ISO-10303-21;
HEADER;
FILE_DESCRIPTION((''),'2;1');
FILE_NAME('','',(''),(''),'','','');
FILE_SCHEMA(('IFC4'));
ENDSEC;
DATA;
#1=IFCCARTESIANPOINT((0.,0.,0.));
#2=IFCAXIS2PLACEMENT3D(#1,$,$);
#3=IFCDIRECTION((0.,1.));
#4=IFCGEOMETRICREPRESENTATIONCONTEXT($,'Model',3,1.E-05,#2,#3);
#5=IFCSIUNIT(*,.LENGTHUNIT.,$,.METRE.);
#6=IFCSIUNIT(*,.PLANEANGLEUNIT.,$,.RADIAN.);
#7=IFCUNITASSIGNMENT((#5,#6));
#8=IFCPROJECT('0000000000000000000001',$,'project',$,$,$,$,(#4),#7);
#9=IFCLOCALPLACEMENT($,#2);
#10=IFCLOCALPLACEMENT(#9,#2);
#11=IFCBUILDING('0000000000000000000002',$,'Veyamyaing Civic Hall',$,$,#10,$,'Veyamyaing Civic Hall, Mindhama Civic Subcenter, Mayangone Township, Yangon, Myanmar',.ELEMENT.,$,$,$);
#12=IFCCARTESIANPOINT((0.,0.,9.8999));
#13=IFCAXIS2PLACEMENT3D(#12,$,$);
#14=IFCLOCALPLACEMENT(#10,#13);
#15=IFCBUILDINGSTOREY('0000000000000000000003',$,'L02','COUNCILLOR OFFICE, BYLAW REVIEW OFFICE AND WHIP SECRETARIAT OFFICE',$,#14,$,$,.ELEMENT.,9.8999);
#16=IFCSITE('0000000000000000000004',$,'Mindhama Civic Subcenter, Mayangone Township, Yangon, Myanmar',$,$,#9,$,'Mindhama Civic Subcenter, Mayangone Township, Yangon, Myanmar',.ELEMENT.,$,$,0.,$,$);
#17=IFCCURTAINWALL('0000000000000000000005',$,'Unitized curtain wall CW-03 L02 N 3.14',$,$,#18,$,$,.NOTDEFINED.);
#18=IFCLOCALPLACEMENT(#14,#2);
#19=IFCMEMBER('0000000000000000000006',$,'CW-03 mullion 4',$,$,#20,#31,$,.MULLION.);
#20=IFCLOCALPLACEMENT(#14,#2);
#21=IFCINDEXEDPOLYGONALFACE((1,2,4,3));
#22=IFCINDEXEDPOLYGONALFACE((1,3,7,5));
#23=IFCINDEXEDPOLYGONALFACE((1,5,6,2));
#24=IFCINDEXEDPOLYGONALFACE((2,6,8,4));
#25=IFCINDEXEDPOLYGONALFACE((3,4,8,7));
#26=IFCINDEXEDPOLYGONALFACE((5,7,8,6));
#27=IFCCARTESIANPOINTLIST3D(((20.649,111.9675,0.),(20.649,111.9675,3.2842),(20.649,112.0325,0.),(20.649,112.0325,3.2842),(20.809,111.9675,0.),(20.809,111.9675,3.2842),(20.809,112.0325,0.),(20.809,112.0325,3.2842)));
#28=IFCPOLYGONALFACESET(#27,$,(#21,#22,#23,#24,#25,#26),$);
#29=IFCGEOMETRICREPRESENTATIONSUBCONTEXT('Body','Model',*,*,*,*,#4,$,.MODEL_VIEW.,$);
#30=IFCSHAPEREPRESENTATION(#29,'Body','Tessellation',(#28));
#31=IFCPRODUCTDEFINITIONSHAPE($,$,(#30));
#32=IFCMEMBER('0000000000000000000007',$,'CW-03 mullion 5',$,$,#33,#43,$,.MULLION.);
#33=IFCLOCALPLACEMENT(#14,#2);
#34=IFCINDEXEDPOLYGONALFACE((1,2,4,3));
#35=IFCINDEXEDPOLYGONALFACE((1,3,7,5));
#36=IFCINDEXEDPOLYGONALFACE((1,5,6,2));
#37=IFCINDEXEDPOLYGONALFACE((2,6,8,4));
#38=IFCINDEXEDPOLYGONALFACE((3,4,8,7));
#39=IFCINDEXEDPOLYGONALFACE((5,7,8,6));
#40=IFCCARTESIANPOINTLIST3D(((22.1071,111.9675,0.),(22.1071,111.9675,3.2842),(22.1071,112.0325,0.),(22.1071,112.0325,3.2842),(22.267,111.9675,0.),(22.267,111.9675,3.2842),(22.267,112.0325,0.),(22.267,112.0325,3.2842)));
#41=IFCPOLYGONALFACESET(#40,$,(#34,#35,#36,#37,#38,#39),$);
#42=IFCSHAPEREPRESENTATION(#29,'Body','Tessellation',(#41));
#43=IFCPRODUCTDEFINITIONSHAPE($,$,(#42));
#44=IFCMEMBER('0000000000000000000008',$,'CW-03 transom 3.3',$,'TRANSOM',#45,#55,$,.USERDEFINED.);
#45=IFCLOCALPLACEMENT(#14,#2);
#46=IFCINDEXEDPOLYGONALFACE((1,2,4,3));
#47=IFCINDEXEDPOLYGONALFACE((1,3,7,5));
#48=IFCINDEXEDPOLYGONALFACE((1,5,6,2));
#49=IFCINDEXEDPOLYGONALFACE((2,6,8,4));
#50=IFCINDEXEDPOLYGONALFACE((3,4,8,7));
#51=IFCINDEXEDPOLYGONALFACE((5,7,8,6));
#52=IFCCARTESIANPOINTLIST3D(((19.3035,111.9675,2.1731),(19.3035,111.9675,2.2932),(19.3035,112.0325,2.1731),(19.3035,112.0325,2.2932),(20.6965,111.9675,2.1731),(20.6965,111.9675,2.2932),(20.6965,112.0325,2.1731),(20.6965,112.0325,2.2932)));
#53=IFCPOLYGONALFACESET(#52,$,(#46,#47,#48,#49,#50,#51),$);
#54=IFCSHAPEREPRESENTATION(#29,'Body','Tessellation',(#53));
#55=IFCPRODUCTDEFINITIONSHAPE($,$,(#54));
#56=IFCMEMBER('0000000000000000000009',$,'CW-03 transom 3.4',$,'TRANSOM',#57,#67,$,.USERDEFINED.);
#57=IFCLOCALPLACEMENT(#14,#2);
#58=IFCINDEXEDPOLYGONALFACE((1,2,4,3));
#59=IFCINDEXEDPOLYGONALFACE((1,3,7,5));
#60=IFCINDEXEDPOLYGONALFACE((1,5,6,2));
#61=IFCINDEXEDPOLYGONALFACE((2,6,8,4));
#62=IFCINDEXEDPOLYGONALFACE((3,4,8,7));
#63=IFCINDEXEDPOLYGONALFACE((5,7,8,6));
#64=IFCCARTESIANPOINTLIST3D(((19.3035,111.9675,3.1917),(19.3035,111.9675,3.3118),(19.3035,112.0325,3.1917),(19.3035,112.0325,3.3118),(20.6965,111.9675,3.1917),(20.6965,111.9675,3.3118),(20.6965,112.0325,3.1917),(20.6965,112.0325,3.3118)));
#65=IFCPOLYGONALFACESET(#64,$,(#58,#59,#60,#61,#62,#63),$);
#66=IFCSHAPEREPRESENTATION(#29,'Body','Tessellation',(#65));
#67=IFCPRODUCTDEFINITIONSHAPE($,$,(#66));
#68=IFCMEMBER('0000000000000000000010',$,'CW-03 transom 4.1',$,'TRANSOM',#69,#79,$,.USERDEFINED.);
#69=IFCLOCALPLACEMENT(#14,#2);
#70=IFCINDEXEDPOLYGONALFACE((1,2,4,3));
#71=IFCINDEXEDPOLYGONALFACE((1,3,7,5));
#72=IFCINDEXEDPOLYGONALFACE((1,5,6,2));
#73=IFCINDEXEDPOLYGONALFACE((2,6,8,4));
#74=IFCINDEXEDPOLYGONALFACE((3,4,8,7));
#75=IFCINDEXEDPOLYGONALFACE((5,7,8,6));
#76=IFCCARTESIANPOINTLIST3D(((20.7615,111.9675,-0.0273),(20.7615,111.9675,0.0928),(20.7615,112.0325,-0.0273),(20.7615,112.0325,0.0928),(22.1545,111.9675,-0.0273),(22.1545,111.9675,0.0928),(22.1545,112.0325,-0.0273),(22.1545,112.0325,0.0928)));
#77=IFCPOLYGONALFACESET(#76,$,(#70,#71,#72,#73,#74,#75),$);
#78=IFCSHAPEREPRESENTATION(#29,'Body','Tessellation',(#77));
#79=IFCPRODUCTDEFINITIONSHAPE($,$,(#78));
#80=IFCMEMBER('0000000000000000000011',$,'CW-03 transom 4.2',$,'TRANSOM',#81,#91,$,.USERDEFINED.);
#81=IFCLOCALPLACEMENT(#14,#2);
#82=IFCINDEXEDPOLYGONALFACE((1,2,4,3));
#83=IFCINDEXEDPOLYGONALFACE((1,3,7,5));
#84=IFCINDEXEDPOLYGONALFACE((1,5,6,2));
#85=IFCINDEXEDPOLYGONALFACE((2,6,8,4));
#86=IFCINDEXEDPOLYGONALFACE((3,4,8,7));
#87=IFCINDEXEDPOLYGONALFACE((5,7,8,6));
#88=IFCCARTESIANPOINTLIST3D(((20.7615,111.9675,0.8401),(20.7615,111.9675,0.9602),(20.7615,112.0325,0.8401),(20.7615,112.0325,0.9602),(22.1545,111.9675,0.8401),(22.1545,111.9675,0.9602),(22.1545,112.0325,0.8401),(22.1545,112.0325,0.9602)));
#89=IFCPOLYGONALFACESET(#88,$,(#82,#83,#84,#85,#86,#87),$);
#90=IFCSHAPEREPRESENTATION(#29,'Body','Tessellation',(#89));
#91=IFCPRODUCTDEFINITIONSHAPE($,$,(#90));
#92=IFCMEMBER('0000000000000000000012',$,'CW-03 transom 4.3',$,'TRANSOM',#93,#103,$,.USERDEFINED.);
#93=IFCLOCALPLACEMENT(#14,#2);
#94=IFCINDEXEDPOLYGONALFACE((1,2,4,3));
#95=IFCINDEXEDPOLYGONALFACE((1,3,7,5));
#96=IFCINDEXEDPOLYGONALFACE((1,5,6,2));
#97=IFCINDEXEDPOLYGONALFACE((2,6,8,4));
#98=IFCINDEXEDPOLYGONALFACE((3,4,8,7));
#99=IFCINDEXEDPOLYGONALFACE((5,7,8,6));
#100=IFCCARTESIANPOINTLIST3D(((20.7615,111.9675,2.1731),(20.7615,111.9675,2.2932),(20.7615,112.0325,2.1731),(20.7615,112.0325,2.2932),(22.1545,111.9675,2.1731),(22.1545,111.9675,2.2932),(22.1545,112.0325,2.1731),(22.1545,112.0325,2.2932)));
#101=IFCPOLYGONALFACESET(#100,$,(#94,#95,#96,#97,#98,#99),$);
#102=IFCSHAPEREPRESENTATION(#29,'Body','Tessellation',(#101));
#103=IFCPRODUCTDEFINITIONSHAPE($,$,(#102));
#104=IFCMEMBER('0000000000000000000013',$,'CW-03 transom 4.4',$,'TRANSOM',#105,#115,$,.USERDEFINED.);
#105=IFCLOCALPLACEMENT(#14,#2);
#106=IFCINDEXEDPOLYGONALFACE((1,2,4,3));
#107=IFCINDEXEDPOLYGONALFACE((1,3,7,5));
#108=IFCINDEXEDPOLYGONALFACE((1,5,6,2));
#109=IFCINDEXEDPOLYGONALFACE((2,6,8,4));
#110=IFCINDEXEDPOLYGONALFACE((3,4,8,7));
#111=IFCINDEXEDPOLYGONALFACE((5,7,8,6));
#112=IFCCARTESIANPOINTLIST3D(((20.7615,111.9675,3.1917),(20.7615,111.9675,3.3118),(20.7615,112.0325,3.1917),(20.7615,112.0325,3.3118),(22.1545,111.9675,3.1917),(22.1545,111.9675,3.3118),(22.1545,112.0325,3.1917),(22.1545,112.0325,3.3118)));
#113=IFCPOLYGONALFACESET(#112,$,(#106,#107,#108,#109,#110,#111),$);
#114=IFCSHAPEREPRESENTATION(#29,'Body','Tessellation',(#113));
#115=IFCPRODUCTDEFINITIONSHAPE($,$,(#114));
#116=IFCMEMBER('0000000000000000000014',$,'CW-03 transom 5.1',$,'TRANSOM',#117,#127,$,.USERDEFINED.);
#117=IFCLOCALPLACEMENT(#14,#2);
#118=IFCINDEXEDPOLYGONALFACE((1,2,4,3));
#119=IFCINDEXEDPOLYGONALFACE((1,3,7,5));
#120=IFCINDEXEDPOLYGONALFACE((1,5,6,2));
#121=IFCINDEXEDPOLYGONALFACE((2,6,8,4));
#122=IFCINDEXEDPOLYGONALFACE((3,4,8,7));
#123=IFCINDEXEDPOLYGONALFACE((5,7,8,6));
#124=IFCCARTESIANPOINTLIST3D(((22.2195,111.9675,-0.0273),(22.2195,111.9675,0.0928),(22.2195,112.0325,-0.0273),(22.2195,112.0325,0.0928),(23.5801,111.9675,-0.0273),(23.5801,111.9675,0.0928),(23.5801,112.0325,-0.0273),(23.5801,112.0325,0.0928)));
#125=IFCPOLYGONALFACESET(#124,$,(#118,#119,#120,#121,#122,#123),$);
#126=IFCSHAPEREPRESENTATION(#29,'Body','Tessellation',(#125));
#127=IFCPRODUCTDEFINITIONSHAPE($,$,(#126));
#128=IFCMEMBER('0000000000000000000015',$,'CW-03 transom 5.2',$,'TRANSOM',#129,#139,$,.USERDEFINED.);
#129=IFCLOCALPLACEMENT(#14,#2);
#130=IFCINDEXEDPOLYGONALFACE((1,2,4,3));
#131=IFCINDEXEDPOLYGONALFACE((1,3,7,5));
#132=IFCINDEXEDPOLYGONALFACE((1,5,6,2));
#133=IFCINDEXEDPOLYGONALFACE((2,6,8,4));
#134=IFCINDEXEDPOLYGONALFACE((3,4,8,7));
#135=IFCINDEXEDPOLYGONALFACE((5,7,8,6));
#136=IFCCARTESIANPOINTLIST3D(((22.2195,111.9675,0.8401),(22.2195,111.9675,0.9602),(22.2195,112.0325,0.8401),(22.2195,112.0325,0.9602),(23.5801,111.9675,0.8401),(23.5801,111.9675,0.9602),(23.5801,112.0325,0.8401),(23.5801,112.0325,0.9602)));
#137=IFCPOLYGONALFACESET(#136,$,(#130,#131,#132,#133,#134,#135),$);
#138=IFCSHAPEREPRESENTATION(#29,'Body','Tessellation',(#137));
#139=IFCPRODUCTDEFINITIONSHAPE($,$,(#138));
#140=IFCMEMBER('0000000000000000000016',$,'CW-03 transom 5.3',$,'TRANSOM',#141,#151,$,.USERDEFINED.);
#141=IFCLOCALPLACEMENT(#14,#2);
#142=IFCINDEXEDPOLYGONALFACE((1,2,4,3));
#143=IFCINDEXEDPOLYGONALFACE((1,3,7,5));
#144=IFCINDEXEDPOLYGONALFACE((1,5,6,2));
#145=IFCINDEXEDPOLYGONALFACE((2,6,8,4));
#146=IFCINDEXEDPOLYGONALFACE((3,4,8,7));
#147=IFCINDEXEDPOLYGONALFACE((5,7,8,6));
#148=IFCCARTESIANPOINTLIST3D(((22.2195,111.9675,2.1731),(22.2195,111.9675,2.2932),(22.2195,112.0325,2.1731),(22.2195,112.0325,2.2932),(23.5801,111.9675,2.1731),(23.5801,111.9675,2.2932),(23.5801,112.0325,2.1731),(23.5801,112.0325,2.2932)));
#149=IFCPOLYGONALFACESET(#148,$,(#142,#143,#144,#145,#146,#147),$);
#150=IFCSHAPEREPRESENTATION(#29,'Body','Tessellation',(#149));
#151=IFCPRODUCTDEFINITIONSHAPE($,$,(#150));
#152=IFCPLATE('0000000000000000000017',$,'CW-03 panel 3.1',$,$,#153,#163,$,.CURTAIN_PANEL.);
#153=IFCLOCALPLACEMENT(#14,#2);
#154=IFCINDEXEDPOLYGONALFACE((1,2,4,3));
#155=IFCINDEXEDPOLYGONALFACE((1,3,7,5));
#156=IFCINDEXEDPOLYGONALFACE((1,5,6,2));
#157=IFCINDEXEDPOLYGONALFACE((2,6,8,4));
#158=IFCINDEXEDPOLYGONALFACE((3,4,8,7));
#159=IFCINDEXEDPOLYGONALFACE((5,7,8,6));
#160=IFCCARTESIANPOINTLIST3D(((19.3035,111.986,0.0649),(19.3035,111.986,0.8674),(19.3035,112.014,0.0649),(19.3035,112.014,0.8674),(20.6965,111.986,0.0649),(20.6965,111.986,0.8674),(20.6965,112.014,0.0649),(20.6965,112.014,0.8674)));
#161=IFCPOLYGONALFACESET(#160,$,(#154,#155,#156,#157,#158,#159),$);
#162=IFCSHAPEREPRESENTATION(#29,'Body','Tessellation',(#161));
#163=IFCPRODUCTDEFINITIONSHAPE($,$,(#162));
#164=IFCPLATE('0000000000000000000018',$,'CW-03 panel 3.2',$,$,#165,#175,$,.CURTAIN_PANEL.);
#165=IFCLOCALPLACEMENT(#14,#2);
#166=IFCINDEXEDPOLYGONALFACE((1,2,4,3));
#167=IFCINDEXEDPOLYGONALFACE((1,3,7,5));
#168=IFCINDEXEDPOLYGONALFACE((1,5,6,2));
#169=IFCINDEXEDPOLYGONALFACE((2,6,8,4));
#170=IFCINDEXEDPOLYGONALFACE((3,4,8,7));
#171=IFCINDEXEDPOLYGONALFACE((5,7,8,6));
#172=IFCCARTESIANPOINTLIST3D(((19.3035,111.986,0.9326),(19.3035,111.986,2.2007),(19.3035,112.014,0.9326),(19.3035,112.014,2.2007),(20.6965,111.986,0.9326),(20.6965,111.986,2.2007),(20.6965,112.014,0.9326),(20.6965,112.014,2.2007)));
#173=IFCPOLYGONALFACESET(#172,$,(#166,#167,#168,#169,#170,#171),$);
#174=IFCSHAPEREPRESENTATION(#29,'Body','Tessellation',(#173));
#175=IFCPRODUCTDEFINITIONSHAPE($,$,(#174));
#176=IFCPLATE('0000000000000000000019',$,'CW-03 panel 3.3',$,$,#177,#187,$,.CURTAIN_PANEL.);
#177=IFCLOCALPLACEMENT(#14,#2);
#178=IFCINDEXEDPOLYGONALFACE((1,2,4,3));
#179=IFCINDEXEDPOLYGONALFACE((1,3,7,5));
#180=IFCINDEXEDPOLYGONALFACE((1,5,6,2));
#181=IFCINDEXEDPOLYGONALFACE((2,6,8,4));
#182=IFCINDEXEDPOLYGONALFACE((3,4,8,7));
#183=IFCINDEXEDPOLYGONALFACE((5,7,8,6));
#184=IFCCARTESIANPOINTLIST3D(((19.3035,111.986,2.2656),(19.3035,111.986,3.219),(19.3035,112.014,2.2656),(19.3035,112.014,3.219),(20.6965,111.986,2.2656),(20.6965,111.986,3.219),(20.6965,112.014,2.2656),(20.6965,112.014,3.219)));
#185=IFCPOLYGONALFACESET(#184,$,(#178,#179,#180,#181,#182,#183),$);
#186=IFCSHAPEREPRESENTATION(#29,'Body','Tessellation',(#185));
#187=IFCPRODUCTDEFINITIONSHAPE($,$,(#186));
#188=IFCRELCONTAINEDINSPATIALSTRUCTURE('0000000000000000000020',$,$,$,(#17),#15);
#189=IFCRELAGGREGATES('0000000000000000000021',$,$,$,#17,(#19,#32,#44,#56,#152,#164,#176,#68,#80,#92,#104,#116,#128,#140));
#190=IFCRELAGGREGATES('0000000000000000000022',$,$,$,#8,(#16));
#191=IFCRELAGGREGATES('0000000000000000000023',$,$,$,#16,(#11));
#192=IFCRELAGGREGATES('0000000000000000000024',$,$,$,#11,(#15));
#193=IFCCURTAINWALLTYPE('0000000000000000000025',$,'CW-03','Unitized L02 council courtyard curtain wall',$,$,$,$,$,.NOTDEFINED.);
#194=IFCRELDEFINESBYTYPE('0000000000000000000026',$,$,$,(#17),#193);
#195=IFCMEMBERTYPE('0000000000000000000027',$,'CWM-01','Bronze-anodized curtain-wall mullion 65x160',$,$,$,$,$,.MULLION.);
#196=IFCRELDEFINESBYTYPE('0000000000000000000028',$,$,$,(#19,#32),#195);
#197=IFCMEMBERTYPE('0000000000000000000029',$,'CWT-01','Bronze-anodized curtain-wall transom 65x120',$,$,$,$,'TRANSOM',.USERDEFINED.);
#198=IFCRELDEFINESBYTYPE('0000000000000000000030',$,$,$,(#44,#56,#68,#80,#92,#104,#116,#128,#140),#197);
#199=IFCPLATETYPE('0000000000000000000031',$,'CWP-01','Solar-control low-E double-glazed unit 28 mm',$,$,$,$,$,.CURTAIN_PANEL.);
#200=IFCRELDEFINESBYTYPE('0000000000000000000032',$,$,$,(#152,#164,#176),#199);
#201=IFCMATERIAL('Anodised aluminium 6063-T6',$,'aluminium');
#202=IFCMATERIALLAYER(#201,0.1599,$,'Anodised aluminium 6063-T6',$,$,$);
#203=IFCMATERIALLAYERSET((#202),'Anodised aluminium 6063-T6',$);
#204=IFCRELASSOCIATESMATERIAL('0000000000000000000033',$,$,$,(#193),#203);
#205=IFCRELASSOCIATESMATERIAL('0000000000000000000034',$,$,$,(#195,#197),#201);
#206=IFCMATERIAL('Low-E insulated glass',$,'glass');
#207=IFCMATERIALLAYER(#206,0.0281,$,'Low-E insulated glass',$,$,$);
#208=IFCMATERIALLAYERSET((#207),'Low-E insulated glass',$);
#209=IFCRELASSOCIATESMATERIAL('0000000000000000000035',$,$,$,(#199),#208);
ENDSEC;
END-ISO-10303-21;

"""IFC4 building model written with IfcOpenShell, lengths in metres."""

from ifc_helpers import new_model, si_unit, direction, frame, origin, origin_2d, place, context, subcontext, project, spatial, rectangle, extrude, material, layer, layer_set, material_profile, profile_set, type_object, element, aggregate, save


model = new_model("IFC4")

# Units and contexts
model_context = context("Model", 3, precision=1e-05, world=origin(), true_north=direction((0.0, 1.0)))
body_context = subcontext(model_context, "Body", "Model", "MODEL_VIEW")
ifc_project = project(units=[si_unit("LENGTHUNIT", "METRE"), si_unit("PLANEANGLEUNIT", "RADIAN")], contexts=[model_context])

# Site, building, storey
site_placement = place(None, origin())
site = spatial("IfcSite", under=ifc_project, at=site_placement, Name="Mindhama Civic Subcenter, Mayangone Township, Yangon, Myanmar", LongName="Mindhama Civic Subcenter, Mayangone Township, Yangon, Myanmar", CompositionType="ELEMENT", RefElevation=0.0)
building_placement = place(site_placement, origin())
building = spatial("IfcBuilding", under=site, at=building_placement, Name="Veyamyaing Civic Hall", LongName="Veyamyaing Civic Hall, Mindhama Civic Subcenter, Mayangone Township, Yangon, Myanmar", CompositionType="ELEMENT")
storey_placement = place(building_placement, frame((0.0, 0.0, 9.8999)))
storey = spatial("IfcBuildingStorey", under=building, at=storey_placement, Name="L02", Description="COUNCILLOR OFFICE, BYLAW REVIEW OFFICE AND WHIP SECRETARIAT OFFICE", CompositionType="ELEMENT", Elevation=9.8999)

# Curtain wall, members, plates
ifc_material_1 = material(Name="Anodised aluminium 6063-T6", Category="aluminium")
ifc_layer_1 = layer(ifc_material_1, 0.1599, Name="Anodised aluminium 6063-T6")
ifc_layer_set_1 = layer_set([ifc_layer_1], Name="Anodised aluminium 6063-T6")
curtain_wall_type = type_object("IfcCurtainWallType", Name="CW-03", Description="Unitized L02 council courtyard curtain wall", PredefinedType="NOTDEFINED", material=ifc_layer_set_1)
curtain_wall_placement = place(storey_placement, origin())
curtain_wall = element("IfcCurtainWall", 1, at=curtain_wall_placement, inside=storey, type_object=curtain_wall_type, Name="Unitized curtain wall CW-03 L02 N 3.14", PredefinedType="NOTDEFINED")
ifc_material_profile_1 = material_profile(ifc_material_1, rectangle(XDim=0.0649, YDim=0.1599, at=origin_2d()), Name="ALU-MUL-65X160")
ifc_profile_set_1 = profile_set([ifc_material_profile_1], Name="Anodised aluminium 6063-T6")
member_type_1 = type_object("IfcMemberType", Name="CWM-01", Description="Bronze-anodized curtain-wall mullion 65x160", PredefinedType="MULLION", material=ifc_profile_set_1)
member_1_placement = place(storey_placement, frame((20.729, 112.0, 0.0), z_axis=(0.0, 0.0, 1.0), x_axis=(0.0, 1.0, 0.0)))
member_1 = element("IfcMember", 2, at=member_1_placement, type_object=member_type_1, Name="CW-03 mullion 4", PredefinedType="MULLION", context=body_context, shape_type="SweptSolid", body=[
    extrude(rectangle(XDim=0.0649, YDim=0.1599, at=origin_2d()), origin(), (0.0, 0.0, 1.0), 3.2842),
])
member_2_placement = place(storey_placement, frame((22.187, 112.0, 0.0), z_axis=(0.0, 0.0, 1.0), x_axis=(0.0, 1.0, 0.0)))
member_2 = element("IfcMember", 3, at=member_2_placement, type_object=member_type_1, Name="CW-03 mullion 5", PredefinedType="MULLION", context=body_context, shape_type="SweptSolid", body=[
    extrude(rectangle(XDim=0.0649, YDim=0.1599, at=origin_2d()), origin(), (0.0, 0.0, 1.0), 3.2842),
])
ifc_material_profile_2 = material_profile(ifc_material_1, rectangle(XDim=0.0649, YDim=0.1201, at=origin_2d()), Name="ALU-TRN-65X120")
ifc_profile_set_2 = profile_set([ifc_material_profile_2], Name="Anodised aluminium 6063-T6")
member_type_2 = type_object("IfcMemberType", Name="CWT-01", Description="Bronze-anodized curtain-wall transom 65x120", ElementType="TRANSOM", PredefinedType="USERDEFINED", material=ifc_profile_set_2)
member_3_placement = place(storey_placement, frame((19.3035, 112.0, 2.2332), z_axis=(1.0, 0.0, 0.0), x_axis=(0.0, 1.0, 0.0)))
member_3 = element("IfcMember", 4, at=member_3_placement, type_object=member_type_2, Name="CW-03 transom 3.3", ObjectType="TRANSOM", PredefinedType="USERDEFINED", context=body_context, shape_type="SweptSolid", body=[
    extrude(rectangle(XDim=0.0649, YDim=0.1201, at=origin_2d()), origin(), (0.0, 0.0, 1.0), 1.3931),
])
member_4_placement = place(storey_placement, frame((19.3035, 112.0, 3.2517), z_axis=(1.0, 0.0, 0.0), x_axis=(0.0, 1.0, 0.0)))
member_4 = element("IfcMember", 5, at=member_4_placement, type_object=member_type_2, Name="CW-03 transom 3.4", ObjectType="TRANSOM", PredefinedType="USERDEFINED", context=body_context, shape_type="SweptSolid", body=[
    extrude(rectangle(XDim=0.0649, YDim=0.1201, at=origin_2d()), origin(), (0.0, 0.0, 1.0), 1.3931),
])
member_5_placement = place(storey_placement, frame((20.7615, 112.0, 0.0327), z_axis=(1.0, 0.0, 0.0), x_axis=(0.0, 1.0, 0.0)))
member_5 = element("IfcMember", 6, at=member_5_placement, type_object=member_type_2, Name="CW-03 transom 4.1", ObjectType="TRANSOM", PredefinedType="USERDEFINED", context=body_context, shape_type="SweptSolid", body=[
    extrude(rectangle(XDim=0.0649, YDim=0.1201, at=origin_2d()), origin(), (0.0, 0.0, 1.0), 1.3931),
])
member_6_placement = place(storey_placement, frame((20.7615, 112.0, 0.9001), z_axis=(1.0, 0.0, 0.0), x_axis=(0.0, 1.0, 0.0)))
member_6 = element("IfcMember", 7, at=member_6_placement, type_object=member_type_2, Name="CW-03 transom 4.2", ObjectType="TRANSOM", PredefinedType="USERDEFINED", context=body_context, shape_type="SweptSolid", body=[
    extrude(rectangle(XDim=0.0649, YDim=0.1201, at=origin_2d()), origin(), (0.0, 0.0, 1.0), 1.3931),
])
member_7_placement = place(storey_placement, frame((20.7615, 112.0, 2.2332), z_axis=(1.0, 0.0, 0.0), x_axis=(0.0, 1.0, 0.0)))
member_7 = element("IfcMember", 8, at=member_7_placement, type_object=member_type_2, Name="CW-03 transom 4.3", ObjectType="TRANSOM", PredefinedType="USERDEFINED", context=body_context, shape_type="SweptSolid", body=[
    extrude(rectangle(XDim=0.0649, YDim=0.1201, at=origin_2d()), origin(), (0.0, 0.0, 1.0), 1.3931),
])
member_8_placement = place(storey_placement, frame((20.7615, 112.0, 3.2517), z_axis=(1.0, 0.0, 0.0), x_axis=(0.0, 1.0, 0.0)))
member_8 = element("IfcMember", 9, at=member_8_placement, type_object=member_type_2, Name="CW-03 transom 4.4", ObjectType="TRANSOM", PredefinedType="USERDEFINED", context=body_context, shape_type="SweptSolid", body=[
    extrude(rectangle(XDim=0.0649, YDim=0.1201, at=origin_2d()), origin(), (0.0, 0.0, 1.0), 1.3931),
])
member_9_placement = place(storey_placement, frame((22.2195, 112.0, 0.0327), z_axis=(1.0, 0.0, 0.0), x_axis=(0.0, 1.0, 0.0)))
member_9 = element("IfcMember", 10, at=member_9_placement, type_object=member_type_2, Name="CW-03 transom 5.1", ObjectType="TRANSOM", PredefinedType="USERDEFINED", context=body_context, shape_type="SweptSolid", body=[
    extrude(rectangle(XDim=0.0649, YDim=0.1201, at=origin_2d()), origin(), (0.0, 0.0, 1.0), 1.3606),
])
member_10_placement = place(storey_placement, frame((22.2195, 112.0, 0.9001), z_axis=(1.0, 0.0, 0.0), x_axis=(0.0, 1.0, 0.0)))
member_10 = element("IfcMember", 11, at=member_10_placement, type_object=member_type_2, Name="CW-03 transom 5.2", ObjectType="TRANSOM", PredefinedType="USERDEFINED", context=body_context, shape_type="SweptSolid", body=[
    extrude(rectangle(XDim=0.0649, YDim=0.1201, at=origin_2d()), origin(), (0.0, 0.0, 1.0), 1.3606),
])
member_11_placement = place(storey_placement, frame((22.2195, 112.0, 2.2332), z_axis=(1.0, 0.0, 0.0), x_axis=(0.0, 1.0, 0.0)))
member_11 = element("IfcMember", 12, at=member_11_placement, type_object=member_type_2, Name="CW-03 transom 5.3", ObjectType="TRANSOM", PredefinedType="USERDEFINED", context=body_context, shape_type="SweptSolid", body=[
    extrude(rectangle(XDim=0.0649, YDim=0.1201, at=origin_2d()), origin(), (0.0, 0.0, 1.0), 1.3606),
])
ifc_material_2 = material(Name="Low-E insulated glass", Category="glass")
ifc_layer_2 = layer(ifc_material_2, 0.0281, Name="Low-E insulated glass")
ifc_layer_set_2 = layer_set([ifc_layer_2], Name="Low-E insulated glass")
plate_type = type_object("IfcPlateType", Name="CWP-01", Description="Solar-control low-E double-glazed unit 28 mm", PredefinedType="CURTAIN_PANEL", material=ifc_layer_set_2)
plate_1_placement = place(storey_placement, frame((20.0, 112.0, 0.0649), z_axis=(0.0, 0.0, 1.0), x_axis=(1.0, 0.0, 0.0)))
plate_1 = element("IfcPlate", 13, at=plate_1_placement, type_object=plate_type, Name="CW-03 panel 3.1", PredefinedType="CURTAIN_PANEL", context=body_context, shape_type="SweptSolid", body=[
    extrude(rectangle(XDim=1.3931, YDim=0.0281, at=origin_2d()), origin(), (0.0, 0.0, 1.0), 0.8025),
])
plate_2_placement = place(storey_placement, frame((20.0, 112.0, 0.9326), z_axis=(0.0, 0.0, 1.0), x_axis=(1.0, 0.0, 0.0)))
plate_2 = element("IfcPlate", 14, at=plate_2_placement, type_object=plate_type, Name="CW-03 panel 3.2", PredefinedType="CURTAIN_PANEL", context=body_context, shape_type="SweptSolid", body=[
    extrude(rectangle(XDim=1.3931, YDim=0.0281, at=origin_2d()), origin(), (0.0, 0.0, 1.0), 1.2681),
])
plate_3_placement = place(storey_placement, frame((20.0, 112.0, 2.2656), z_axis=(0.0, 0.0, 1.0), x_axis=(1.0, 0.0, 0.0)))
plate_3 = element("IfcPlate", 15, at=plate_3_placement, type_object=plate_type, Name="CW-03 panel 3.3", PredefinedType="CURTAIN_PANEL", context=body_context, shape_type="SweptSolid", body=[
    extrude(rectangle(XDim=1.3931, YDim=0.0281, at=origin_2d()), origin(), (0.0, 0.0, 1.0), 0.9534),
])
aggregate(curtain_wall, [member_1, member_2, member_3, member_4, plate_1, plate_2, plate_3, member_5, member_6, member_7, member_8, member_9, member_10, member_11])

save(model, "model.ifc")
